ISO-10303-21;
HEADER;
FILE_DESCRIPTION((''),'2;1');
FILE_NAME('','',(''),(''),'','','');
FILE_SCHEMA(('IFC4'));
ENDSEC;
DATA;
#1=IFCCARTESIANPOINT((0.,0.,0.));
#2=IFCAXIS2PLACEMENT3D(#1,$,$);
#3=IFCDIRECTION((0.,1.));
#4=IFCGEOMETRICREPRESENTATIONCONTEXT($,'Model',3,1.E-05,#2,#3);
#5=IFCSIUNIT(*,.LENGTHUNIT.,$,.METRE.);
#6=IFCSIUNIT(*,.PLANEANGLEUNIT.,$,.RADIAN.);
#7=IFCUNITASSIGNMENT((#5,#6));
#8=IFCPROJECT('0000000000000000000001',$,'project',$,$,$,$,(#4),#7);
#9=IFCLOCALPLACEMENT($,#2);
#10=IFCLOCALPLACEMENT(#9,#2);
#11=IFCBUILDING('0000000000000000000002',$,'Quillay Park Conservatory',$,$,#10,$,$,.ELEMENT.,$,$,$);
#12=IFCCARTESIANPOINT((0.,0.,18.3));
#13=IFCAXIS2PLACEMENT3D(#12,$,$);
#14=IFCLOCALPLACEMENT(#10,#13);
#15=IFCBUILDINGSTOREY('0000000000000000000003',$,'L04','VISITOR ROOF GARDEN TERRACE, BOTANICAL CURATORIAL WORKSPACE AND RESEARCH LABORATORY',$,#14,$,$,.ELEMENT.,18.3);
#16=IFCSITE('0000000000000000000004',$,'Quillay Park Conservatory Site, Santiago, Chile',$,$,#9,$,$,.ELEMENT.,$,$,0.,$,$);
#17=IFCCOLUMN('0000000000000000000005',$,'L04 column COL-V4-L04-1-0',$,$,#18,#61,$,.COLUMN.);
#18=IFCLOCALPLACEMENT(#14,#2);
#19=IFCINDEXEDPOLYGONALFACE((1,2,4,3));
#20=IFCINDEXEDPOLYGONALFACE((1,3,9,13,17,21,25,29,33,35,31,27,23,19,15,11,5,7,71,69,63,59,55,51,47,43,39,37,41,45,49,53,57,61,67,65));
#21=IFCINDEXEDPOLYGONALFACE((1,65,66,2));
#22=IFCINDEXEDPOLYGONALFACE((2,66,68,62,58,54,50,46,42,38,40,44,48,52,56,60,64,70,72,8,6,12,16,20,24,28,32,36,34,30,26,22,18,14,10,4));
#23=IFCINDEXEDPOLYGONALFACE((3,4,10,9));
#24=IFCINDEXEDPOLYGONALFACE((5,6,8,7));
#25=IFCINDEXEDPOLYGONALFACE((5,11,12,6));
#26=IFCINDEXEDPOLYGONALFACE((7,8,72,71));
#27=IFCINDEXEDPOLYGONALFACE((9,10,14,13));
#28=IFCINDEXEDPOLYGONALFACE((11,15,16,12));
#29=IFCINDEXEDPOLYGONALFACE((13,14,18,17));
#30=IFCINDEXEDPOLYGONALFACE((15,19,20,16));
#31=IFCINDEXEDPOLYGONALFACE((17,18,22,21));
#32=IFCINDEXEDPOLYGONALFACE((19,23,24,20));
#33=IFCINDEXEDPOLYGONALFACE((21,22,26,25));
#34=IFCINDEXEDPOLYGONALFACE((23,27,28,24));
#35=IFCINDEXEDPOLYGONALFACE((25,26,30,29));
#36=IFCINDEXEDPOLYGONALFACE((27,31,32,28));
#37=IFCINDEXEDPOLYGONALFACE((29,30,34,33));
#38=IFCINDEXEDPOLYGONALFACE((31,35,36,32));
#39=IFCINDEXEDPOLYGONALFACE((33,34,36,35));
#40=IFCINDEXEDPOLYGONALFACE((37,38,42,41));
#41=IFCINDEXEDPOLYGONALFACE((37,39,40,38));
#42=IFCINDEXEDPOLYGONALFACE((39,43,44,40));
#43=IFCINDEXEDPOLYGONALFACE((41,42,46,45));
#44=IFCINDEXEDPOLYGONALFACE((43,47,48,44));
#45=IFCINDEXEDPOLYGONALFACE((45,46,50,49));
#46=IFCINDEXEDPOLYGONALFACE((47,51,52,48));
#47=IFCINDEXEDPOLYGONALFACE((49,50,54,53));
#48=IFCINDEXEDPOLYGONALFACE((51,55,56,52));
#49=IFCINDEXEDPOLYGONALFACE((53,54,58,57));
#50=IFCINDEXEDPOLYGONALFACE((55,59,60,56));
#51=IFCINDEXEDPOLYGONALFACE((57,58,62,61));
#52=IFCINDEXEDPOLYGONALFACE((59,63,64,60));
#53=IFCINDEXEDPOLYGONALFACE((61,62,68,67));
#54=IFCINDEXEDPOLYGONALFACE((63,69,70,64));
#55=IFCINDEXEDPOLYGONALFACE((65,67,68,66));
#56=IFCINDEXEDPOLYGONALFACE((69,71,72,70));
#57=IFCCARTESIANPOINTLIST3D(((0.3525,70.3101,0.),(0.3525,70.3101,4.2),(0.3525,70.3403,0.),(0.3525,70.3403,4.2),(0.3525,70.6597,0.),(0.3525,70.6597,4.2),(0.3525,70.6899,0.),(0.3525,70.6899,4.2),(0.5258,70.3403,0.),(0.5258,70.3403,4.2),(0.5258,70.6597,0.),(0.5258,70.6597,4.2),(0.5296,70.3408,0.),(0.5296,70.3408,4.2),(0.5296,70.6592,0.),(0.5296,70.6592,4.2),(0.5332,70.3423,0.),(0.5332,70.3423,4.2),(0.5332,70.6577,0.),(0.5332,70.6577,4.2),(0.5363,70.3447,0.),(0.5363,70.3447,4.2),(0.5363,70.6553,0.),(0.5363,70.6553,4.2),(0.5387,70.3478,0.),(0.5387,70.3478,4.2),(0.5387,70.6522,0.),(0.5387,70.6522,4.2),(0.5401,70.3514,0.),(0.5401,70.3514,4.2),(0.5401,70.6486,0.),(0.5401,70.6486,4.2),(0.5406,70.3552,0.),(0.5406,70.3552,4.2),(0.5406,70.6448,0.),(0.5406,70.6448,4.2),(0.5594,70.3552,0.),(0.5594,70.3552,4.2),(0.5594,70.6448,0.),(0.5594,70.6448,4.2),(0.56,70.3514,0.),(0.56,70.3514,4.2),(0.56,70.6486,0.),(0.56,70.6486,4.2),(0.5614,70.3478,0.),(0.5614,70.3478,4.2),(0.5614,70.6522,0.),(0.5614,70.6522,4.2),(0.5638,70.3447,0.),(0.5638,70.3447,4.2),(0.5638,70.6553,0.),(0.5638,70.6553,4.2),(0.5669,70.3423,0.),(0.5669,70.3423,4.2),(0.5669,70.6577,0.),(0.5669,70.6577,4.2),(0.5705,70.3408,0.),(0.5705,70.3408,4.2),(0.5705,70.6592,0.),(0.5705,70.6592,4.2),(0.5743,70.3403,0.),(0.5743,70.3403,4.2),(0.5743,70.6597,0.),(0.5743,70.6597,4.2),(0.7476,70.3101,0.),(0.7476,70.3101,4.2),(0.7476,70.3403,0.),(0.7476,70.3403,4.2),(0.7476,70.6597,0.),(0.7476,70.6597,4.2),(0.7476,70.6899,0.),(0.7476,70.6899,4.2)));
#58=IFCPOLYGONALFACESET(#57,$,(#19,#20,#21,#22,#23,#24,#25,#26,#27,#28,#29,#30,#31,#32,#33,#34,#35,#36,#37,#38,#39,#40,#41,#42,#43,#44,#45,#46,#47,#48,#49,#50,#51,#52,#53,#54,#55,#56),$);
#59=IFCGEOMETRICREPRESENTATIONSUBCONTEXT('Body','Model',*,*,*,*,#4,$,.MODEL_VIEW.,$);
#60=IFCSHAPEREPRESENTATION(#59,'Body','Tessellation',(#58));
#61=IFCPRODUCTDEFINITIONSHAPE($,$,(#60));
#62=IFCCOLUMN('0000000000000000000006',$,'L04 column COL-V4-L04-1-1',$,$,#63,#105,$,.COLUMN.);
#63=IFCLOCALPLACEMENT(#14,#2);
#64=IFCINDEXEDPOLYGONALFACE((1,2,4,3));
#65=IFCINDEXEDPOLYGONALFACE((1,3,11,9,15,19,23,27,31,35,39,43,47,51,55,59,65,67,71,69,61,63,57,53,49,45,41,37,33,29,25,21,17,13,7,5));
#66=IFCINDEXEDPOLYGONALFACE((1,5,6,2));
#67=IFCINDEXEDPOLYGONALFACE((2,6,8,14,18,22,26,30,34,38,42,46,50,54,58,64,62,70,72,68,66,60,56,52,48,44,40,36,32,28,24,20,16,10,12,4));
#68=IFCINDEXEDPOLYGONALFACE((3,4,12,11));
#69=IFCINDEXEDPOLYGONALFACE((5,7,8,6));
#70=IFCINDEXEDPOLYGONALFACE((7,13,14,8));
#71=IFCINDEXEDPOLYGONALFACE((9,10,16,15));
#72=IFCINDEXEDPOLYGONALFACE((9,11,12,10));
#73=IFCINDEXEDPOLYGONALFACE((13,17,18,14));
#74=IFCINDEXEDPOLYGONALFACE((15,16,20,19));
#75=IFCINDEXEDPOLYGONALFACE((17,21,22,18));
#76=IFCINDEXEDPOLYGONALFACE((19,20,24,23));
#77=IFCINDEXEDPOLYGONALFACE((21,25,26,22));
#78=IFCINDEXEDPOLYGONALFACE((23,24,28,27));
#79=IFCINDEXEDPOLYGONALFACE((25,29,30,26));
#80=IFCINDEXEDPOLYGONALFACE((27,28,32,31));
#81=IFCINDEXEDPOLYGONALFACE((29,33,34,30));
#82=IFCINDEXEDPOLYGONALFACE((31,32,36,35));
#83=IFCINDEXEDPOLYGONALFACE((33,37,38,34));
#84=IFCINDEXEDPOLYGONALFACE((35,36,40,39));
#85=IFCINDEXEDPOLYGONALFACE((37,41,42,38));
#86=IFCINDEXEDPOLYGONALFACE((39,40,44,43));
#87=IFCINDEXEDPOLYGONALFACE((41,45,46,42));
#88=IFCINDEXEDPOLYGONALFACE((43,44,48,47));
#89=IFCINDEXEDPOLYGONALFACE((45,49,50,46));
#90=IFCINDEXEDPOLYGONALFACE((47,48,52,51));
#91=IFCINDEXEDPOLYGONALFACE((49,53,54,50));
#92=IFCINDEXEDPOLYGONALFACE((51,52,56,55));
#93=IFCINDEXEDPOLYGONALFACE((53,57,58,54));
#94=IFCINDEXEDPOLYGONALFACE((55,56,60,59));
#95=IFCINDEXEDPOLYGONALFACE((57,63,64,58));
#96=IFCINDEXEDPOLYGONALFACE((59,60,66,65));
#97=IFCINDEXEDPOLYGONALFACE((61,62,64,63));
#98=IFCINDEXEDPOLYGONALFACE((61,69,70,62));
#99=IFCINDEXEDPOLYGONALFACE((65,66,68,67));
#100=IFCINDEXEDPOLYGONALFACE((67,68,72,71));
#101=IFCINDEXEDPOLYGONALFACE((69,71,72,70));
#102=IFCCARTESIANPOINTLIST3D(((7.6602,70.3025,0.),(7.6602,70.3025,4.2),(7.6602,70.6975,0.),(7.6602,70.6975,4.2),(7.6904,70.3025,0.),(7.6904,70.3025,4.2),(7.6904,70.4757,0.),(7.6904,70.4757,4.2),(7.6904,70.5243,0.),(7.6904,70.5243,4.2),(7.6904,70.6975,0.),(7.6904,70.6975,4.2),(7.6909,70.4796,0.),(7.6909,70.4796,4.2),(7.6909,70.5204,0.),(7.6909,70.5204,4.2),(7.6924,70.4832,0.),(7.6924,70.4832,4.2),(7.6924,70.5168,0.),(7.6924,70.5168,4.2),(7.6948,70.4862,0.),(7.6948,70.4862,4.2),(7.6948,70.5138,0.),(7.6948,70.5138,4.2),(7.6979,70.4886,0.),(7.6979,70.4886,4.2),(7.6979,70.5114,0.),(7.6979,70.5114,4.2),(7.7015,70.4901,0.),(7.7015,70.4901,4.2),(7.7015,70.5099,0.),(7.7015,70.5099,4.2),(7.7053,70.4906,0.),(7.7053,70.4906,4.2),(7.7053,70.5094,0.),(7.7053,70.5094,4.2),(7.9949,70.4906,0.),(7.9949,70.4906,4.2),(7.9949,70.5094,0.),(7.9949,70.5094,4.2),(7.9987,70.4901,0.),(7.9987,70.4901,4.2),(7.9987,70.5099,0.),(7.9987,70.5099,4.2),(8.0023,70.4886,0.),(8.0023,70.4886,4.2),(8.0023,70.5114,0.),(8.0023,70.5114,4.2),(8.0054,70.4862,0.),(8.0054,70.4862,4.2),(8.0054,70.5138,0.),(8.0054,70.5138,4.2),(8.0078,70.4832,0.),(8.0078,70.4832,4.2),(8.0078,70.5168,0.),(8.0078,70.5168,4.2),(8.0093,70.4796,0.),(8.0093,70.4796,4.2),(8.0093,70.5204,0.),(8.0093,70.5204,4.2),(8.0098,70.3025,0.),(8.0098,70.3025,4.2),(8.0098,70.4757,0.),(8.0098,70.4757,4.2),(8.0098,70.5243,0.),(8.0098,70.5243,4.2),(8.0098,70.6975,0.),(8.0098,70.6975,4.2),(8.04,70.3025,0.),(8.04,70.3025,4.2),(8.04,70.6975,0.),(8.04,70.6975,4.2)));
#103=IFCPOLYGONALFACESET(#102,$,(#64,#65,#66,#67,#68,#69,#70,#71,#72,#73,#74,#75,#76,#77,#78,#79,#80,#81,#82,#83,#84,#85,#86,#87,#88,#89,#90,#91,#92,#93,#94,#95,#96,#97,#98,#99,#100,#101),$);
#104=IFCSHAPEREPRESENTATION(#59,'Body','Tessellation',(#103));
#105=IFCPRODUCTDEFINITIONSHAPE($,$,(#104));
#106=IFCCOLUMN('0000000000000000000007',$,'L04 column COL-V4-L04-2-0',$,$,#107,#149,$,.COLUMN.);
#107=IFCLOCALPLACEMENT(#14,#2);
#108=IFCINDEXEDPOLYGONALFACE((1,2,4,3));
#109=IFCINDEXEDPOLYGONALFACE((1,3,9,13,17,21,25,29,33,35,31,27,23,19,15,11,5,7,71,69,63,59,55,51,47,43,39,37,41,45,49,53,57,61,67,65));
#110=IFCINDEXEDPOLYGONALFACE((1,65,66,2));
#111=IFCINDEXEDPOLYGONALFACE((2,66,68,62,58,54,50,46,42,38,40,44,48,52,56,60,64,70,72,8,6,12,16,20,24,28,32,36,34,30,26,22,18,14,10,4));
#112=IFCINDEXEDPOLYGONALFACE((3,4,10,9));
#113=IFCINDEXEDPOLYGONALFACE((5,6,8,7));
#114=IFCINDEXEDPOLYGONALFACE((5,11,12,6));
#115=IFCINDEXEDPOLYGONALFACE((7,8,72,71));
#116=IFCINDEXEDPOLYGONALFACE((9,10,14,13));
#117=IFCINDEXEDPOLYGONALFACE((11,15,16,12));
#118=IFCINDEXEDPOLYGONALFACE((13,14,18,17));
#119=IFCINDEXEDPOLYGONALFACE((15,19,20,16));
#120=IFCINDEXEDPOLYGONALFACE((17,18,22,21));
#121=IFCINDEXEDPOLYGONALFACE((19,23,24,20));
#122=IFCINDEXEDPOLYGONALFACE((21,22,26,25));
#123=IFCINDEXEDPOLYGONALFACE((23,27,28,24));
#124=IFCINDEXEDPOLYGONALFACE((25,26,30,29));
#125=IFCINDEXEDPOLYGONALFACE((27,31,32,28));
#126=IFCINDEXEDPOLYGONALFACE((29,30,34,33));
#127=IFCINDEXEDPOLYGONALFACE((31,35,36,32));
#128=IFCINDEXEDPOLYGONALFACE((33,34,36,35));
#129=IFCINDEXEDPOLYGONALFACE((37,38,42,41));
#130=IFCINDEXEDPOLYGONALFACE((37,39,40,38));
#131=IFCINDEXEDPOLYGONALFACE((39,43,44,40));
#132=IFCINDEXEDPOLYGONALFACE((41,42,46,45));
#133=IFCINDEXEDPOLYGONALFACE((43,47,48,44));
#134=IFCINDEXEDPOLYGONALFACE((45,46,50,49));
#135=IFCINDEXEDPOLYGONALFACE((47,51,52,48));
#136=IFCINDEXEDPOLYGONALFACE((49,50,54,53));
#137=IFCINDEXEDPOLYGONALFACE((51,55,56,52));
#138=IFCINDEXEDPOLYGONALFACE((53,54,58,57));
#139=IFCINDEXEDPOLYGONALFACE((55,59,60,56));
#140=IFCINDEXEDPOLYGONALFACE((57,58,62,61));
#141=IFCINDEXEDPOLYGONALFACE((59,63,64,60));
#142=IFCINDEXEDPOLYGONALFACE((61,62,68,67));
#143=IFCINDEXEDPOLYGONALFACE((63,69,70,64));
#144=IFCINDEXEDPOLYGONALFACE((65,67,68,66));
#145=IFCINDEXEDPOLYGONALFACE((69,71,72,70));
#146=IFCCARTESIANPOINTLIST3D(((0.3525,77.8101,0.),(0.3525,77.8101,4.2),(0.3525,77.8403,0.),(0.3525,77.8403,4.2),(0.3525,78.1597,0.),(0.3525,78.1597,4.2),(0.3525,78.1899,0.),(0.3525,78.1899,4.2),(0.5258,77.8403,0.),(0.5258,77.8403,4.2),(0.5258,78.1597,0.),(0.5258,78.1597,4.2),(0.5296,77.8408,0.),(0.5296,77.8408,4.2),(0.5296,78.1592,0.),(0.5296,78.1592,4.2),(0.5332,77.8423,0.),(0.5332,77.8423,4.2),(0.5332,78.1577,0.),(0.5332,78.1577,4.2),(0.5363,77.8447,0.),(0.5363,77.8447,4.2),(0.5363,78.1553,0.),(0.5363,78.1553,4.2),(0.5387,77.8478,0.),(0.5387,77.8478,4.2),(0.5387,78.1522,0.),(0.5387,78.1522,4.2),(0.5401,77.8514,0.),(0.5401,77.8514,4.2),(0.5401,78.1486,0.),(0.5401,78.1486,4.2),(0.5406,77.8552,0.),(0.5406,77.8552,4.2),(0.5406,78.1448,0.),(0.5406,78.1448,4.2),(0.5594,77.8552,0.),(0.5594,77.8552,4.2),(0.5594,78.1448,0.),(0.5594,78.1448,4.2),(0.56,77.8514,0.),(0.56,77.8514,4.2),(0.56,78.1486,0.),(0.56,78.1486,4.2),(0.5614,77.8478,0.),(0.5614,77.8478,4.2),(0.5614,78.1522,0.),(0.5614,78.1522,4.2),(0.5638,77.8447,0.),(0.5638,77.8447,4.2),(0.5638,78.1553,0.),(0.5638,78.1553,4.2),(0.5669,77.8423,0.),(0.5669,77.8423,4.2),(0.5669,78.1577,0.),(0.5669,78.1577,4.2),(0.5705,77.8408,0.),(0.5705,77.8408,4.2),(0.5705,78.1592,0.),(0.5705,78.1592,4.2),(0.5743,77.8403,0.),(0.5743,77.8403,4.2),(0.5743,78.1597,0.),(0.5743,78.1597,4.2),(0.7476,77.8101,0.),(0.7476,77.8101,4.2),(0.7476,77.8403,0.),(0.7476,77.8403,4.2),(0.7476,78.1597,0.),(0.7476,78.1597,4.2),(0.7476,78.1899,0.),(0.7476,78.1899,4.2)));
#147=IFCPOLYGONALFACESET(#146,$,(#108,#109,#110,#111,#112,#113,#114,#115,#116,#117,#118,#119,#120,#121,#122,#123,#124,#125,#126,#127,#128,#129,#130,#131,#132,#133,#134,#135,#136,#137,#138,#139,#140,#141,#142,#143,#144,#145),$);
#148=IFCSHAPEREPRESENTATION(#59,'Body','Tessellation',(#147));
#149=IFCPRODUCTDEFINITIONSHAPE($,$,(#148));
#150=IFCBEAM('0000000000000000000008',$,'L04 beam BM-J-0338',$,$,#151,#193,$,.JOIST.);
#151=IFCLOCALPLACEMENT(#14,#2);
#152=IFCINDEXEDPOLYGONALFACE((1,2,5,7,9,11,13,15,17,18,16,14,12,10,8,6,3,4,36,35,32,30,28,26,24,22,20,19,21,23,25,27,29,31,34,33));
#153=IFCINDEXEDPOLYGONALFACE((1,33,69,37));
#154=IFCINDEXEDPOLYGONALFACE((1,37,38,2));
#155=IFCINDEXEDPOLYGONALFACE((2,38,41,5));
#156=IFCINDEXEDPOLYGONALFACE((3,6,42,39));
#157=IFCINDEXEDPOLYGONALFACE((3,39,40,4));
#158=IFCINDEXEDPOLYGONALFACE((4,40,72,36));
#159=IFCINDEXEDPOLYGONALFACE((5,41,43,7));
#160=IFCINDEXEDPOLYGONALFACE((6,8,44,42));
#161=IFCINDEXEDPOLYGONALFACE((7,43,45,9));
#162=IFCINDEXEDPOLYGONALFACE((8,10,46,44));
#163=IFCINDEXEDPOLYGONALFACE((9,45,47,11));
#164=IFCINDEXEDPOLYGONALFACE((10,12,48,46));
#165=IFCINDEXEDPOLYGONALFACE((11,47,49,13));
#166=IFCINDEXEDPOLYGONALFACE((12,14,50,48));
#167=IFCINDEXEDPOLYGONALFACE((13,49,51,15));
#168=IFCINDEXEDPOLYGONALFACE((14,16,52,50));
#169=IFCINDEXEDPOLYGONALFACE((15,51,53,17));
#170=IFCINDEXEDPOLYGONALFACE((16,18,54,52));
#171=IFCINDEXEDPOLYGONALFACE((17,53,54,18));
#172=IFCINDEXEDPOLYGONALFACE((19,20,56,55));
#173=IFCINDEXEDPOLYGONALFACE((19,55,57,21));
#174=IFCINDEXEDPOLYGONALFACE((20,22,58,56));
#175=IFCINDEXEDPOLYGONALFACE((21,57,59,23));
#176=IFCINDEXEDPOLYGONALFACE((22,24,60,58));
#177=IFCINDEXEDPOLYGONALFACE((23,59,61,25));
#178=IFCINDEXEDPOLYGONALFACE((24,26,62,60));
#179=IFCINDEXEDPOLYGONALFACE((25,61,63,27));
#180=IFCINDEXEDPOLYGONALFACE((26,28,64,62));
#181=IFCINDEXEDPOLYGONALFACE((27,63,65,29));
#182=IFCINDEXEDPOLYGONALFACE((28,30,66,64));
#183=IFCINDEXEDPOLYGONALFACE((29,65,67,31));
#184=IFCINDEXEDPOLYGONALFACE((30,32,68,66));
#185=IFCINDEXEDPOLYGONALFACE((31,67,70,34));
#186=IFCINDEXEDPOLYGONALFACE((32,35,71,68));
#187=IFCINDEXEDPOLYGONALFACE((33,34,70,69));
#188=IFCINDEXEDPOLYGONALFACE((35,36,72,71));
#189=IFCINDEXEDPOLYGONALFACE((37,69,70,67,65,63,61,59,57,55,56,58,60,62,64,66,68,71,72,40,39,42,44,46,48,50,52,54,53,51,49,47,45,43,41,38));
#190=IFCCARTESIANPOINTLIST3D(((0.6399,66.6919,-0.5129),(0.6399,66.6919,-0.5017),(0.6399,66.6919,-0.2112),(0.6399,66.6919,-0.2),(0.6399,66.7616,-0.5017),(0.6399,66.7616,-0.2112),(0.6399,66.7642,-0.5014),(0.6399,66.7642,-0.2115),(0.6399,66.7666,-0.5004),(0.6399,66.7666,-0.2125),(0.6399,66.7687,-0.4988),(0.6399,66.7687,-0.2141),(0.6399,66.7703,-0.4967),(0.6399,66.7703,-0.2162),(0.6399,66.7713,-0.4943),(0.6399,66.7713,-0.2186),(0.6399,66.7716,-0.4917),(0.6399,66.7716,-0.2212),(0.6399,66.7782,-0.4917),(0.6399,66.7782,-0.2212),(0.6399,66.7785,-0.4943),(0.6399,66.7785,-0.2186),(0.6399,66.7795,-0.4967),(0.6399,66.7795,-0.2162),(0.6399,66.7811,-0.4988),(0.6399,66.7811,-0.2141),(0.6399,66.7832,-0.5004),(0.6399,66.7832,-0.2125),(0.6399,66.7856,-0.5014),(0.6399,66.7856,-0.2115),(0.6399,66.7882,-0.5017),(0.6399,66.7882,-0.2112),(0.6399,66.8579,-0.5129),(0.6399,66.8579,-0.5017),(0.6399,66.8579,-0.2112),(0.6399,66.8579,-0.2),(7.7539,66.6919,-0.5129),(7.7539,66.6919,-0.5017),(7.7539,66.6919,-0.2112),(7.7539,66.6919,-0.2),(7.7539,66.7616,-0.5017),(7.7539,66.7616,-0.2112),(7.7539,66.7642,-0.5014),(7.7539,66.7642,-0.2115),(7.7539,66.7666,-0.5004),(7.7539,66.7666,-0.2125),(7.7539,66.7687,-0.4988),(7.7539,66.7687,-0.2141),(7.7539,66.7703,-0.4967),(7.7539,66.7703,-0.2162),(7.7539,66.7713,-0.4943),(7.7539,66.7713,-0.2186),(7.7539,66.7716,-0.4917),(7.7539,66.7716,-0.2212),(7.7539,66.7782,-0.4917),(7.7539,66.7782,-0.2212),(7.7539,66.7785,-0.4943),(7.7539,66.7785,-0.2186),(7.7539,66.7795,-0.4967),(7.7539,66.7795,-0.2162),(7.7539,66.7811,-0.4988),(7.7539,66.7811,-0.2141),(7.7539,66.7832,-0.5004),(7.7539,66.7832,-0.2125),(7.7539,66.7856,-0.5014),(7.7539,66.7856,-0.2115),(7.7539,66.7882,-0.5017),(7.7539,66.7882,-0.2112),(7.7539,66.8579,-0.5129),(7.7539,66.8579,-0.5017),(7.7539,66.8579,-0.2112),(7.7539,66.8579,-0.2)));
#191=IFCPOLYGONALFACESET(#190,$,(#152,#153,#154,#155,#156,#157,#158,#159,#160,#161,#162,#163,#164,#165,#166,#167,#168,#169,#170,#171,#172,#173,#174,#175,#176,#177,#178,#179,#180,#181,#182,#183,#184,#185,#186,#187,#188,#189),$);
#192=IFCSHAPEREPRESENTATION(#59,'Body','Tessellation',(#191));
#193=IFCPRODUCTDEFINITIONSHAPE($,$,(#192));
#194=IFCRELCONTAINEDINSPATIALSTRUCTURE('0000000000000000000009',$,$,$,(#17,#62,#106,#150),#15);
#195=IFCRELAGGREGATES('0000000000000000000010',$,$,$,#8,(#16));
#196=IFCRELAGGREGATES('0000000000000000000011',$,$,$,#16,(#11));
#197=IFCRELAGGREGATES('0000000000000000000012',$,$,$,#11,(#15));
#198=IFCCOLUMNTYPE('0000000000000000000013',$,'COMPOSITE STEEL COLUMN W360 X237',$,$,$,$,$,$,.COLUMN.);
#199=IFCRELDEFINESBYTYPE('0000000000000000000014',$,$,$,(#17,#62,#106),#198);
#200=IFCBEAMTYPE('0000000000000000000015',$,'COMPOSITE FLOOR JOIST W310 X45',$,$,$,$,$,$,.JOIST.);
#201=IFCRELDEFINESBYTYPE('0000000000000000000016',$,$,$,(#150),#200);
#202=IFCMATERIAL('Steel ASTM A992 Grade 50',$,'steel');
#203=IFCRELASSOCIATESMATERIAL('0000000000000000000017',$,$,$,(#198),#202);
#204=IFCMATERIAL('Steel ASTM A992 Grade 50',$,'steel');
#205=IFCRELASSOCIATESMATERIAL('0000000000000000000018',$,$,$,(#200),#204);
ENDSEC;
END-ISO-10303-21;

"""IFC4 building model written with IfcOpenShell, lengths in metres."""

from ifc_helpers import new_model, si_unit, direction, frame, origin, origin_2d, place, context, subcontext, project, spatial, i_section, extrude, material, material_profile, profile_set, type_object, element, save


model = new_model("IFC4")

# Units and contexts
model_context = context("Model", 3, precision=1e-05, world=origin(), true_north=direction((0.0, 1.0)))
body_context = subcontext(model_context, "Body", "Model", "MODEL_VIEW")
ifc_project = project(units=[si_unit("LENGTHUNIT", "METRE"), si_unit("PLANEANGLEUNIT", "RADIAN")], contexts=[model_context])

# Site, building, storey
site_placement = place(None, origin())
site = spatial("IfcSite", under=ifc_project, at=site_placement, Name="Quillay Park Conservatory Site, Santiago, Chile", CompositionType="ELEMENT", RefElevation=0.0)
building_placement = place(site_placement, origin())
building = spatial("IfcBuilding", under=site, at=building_placement, Name="Quillay Park Conservatory", CompositionType="ELEMENT")
storey_placement = place(building_placement, frame((0.0, 0.0, 18.3)))
storey = spatial("IfcBuildingStorey", under=building, at=storey_placement, Name="L04", Description="VISITOR ROOF GARDEN TERRACE, BOTANICAL CURATORIAL WORKSPACE AND RESEARCH LABORATORY", CompositionType="ELEMENT", Elevation=18.3)

# Columns
ifc_material_1 = material(Name="Steel ASTM A992 Grade 50", Category="steel")
ifc_material_profile_1 = material_profile(ifc_material_1, i_section(OverallWidth=0.395, OverallDepth=0.3799, WebThickness=0.0188, FlangeThickness=0.0303, FilletRadius=0.0149, at=origin_2d()), Name="W360x237")
ifc_profile_set_1 = profile_set([ifc_material_profile_1], Name="Steel ASTM A992 Grade 50")
column_type = type_object("IfcColumnType", Name="COMPOSITE STEEL COLUMN W360 X237", PredefinedType="COLUMN", material=ifc_profile_set_1)
for number, where, z_axis, x_axis, name in (
    (1, (0.55, 70.5, 0.0), (0.0, 0.0, 1.0), (1.0, 0.0, 0.0), "L04 column COL-V4-L04-1-0"),
    (2, (7.8501, 70.5, 0.0), (0.0, 0.0, 1.0), (0.0, 1.0, 0.0), "L04 column COL-V4-L04-1-1"),
    (3, (0.55, 78.0, 0.0), (0.0, 0.0, 1.0), (1.0, 0.0, 0.0), "L04 column COL-V4-L04-2-0"),
):
    element("IfcColumn", number, at=place(storey_placement, frame(where, z_axis=z_axis, x_axis=x_axis)), inside=storey, type_object=column_type, Name=name, PredefinedType="COLUMN", context=body_context, shape_type="SweptSolid", body=[
        extrude(i_section(OverallWidth=0.395, OverallDepth=0.3799, WebThickness=0.0188, FlangeThickness=0.0303, FilletRadius=0.0149, at=origin_2d()), origin(), (0.0, 0.0, 1.0), 4.2),
    ])

# Beam
ifc_material_2 = material(Name="Steel ASTM A992 Grade 50", Category="steel")
ifc_material_profile_2 = material_profile(ifc_material_2, i_section(OverallWidth=0.166, OverallDepth=0.313, WebThickness=0.0066, FlangeThickness=0.0112, FilletRadius=0.01, at=origin_2d()), Name="W310x45")
ifc_profile_set_2 = profile_set([ifc_material_profile_2], Name="Steel ASTM A992 Grade 50")
beam_type_1 = type_object("IfcBeamType", Name="COMPOSITE FLOOR JOIST W310 X45", PredefinedType="JOIST", material=ifc_profile_set_2)
for number, where, z_axis, x_axis, name in (
    (4, (0.6399, 66.7749, -0.3564), (1.0, 0.0, 0.0), (0.0, 1.0, 0.0), "L04 beam BM-J-0338"),
):
    element("IfcBeam", number, at=place(storey_placement, frame(where, z_axis=z_axis, x_axis=x_axis)), inside=storey, type_object=beam_type_1, Name=name, PredefinedType="JOIST", context=body_context, shape_type="SweptSolid", body=[
        extrude(i_section(OverallWidth=0.166, OverallDepth=0.313, WebThickness=0.0066, FlangeThickness=0.0112, FilletRadius=0.01, at=origin_2d()), origin(), (0.0, 0.0, 1.0), 7.114),
    ])

save(model, "model.ifc")
